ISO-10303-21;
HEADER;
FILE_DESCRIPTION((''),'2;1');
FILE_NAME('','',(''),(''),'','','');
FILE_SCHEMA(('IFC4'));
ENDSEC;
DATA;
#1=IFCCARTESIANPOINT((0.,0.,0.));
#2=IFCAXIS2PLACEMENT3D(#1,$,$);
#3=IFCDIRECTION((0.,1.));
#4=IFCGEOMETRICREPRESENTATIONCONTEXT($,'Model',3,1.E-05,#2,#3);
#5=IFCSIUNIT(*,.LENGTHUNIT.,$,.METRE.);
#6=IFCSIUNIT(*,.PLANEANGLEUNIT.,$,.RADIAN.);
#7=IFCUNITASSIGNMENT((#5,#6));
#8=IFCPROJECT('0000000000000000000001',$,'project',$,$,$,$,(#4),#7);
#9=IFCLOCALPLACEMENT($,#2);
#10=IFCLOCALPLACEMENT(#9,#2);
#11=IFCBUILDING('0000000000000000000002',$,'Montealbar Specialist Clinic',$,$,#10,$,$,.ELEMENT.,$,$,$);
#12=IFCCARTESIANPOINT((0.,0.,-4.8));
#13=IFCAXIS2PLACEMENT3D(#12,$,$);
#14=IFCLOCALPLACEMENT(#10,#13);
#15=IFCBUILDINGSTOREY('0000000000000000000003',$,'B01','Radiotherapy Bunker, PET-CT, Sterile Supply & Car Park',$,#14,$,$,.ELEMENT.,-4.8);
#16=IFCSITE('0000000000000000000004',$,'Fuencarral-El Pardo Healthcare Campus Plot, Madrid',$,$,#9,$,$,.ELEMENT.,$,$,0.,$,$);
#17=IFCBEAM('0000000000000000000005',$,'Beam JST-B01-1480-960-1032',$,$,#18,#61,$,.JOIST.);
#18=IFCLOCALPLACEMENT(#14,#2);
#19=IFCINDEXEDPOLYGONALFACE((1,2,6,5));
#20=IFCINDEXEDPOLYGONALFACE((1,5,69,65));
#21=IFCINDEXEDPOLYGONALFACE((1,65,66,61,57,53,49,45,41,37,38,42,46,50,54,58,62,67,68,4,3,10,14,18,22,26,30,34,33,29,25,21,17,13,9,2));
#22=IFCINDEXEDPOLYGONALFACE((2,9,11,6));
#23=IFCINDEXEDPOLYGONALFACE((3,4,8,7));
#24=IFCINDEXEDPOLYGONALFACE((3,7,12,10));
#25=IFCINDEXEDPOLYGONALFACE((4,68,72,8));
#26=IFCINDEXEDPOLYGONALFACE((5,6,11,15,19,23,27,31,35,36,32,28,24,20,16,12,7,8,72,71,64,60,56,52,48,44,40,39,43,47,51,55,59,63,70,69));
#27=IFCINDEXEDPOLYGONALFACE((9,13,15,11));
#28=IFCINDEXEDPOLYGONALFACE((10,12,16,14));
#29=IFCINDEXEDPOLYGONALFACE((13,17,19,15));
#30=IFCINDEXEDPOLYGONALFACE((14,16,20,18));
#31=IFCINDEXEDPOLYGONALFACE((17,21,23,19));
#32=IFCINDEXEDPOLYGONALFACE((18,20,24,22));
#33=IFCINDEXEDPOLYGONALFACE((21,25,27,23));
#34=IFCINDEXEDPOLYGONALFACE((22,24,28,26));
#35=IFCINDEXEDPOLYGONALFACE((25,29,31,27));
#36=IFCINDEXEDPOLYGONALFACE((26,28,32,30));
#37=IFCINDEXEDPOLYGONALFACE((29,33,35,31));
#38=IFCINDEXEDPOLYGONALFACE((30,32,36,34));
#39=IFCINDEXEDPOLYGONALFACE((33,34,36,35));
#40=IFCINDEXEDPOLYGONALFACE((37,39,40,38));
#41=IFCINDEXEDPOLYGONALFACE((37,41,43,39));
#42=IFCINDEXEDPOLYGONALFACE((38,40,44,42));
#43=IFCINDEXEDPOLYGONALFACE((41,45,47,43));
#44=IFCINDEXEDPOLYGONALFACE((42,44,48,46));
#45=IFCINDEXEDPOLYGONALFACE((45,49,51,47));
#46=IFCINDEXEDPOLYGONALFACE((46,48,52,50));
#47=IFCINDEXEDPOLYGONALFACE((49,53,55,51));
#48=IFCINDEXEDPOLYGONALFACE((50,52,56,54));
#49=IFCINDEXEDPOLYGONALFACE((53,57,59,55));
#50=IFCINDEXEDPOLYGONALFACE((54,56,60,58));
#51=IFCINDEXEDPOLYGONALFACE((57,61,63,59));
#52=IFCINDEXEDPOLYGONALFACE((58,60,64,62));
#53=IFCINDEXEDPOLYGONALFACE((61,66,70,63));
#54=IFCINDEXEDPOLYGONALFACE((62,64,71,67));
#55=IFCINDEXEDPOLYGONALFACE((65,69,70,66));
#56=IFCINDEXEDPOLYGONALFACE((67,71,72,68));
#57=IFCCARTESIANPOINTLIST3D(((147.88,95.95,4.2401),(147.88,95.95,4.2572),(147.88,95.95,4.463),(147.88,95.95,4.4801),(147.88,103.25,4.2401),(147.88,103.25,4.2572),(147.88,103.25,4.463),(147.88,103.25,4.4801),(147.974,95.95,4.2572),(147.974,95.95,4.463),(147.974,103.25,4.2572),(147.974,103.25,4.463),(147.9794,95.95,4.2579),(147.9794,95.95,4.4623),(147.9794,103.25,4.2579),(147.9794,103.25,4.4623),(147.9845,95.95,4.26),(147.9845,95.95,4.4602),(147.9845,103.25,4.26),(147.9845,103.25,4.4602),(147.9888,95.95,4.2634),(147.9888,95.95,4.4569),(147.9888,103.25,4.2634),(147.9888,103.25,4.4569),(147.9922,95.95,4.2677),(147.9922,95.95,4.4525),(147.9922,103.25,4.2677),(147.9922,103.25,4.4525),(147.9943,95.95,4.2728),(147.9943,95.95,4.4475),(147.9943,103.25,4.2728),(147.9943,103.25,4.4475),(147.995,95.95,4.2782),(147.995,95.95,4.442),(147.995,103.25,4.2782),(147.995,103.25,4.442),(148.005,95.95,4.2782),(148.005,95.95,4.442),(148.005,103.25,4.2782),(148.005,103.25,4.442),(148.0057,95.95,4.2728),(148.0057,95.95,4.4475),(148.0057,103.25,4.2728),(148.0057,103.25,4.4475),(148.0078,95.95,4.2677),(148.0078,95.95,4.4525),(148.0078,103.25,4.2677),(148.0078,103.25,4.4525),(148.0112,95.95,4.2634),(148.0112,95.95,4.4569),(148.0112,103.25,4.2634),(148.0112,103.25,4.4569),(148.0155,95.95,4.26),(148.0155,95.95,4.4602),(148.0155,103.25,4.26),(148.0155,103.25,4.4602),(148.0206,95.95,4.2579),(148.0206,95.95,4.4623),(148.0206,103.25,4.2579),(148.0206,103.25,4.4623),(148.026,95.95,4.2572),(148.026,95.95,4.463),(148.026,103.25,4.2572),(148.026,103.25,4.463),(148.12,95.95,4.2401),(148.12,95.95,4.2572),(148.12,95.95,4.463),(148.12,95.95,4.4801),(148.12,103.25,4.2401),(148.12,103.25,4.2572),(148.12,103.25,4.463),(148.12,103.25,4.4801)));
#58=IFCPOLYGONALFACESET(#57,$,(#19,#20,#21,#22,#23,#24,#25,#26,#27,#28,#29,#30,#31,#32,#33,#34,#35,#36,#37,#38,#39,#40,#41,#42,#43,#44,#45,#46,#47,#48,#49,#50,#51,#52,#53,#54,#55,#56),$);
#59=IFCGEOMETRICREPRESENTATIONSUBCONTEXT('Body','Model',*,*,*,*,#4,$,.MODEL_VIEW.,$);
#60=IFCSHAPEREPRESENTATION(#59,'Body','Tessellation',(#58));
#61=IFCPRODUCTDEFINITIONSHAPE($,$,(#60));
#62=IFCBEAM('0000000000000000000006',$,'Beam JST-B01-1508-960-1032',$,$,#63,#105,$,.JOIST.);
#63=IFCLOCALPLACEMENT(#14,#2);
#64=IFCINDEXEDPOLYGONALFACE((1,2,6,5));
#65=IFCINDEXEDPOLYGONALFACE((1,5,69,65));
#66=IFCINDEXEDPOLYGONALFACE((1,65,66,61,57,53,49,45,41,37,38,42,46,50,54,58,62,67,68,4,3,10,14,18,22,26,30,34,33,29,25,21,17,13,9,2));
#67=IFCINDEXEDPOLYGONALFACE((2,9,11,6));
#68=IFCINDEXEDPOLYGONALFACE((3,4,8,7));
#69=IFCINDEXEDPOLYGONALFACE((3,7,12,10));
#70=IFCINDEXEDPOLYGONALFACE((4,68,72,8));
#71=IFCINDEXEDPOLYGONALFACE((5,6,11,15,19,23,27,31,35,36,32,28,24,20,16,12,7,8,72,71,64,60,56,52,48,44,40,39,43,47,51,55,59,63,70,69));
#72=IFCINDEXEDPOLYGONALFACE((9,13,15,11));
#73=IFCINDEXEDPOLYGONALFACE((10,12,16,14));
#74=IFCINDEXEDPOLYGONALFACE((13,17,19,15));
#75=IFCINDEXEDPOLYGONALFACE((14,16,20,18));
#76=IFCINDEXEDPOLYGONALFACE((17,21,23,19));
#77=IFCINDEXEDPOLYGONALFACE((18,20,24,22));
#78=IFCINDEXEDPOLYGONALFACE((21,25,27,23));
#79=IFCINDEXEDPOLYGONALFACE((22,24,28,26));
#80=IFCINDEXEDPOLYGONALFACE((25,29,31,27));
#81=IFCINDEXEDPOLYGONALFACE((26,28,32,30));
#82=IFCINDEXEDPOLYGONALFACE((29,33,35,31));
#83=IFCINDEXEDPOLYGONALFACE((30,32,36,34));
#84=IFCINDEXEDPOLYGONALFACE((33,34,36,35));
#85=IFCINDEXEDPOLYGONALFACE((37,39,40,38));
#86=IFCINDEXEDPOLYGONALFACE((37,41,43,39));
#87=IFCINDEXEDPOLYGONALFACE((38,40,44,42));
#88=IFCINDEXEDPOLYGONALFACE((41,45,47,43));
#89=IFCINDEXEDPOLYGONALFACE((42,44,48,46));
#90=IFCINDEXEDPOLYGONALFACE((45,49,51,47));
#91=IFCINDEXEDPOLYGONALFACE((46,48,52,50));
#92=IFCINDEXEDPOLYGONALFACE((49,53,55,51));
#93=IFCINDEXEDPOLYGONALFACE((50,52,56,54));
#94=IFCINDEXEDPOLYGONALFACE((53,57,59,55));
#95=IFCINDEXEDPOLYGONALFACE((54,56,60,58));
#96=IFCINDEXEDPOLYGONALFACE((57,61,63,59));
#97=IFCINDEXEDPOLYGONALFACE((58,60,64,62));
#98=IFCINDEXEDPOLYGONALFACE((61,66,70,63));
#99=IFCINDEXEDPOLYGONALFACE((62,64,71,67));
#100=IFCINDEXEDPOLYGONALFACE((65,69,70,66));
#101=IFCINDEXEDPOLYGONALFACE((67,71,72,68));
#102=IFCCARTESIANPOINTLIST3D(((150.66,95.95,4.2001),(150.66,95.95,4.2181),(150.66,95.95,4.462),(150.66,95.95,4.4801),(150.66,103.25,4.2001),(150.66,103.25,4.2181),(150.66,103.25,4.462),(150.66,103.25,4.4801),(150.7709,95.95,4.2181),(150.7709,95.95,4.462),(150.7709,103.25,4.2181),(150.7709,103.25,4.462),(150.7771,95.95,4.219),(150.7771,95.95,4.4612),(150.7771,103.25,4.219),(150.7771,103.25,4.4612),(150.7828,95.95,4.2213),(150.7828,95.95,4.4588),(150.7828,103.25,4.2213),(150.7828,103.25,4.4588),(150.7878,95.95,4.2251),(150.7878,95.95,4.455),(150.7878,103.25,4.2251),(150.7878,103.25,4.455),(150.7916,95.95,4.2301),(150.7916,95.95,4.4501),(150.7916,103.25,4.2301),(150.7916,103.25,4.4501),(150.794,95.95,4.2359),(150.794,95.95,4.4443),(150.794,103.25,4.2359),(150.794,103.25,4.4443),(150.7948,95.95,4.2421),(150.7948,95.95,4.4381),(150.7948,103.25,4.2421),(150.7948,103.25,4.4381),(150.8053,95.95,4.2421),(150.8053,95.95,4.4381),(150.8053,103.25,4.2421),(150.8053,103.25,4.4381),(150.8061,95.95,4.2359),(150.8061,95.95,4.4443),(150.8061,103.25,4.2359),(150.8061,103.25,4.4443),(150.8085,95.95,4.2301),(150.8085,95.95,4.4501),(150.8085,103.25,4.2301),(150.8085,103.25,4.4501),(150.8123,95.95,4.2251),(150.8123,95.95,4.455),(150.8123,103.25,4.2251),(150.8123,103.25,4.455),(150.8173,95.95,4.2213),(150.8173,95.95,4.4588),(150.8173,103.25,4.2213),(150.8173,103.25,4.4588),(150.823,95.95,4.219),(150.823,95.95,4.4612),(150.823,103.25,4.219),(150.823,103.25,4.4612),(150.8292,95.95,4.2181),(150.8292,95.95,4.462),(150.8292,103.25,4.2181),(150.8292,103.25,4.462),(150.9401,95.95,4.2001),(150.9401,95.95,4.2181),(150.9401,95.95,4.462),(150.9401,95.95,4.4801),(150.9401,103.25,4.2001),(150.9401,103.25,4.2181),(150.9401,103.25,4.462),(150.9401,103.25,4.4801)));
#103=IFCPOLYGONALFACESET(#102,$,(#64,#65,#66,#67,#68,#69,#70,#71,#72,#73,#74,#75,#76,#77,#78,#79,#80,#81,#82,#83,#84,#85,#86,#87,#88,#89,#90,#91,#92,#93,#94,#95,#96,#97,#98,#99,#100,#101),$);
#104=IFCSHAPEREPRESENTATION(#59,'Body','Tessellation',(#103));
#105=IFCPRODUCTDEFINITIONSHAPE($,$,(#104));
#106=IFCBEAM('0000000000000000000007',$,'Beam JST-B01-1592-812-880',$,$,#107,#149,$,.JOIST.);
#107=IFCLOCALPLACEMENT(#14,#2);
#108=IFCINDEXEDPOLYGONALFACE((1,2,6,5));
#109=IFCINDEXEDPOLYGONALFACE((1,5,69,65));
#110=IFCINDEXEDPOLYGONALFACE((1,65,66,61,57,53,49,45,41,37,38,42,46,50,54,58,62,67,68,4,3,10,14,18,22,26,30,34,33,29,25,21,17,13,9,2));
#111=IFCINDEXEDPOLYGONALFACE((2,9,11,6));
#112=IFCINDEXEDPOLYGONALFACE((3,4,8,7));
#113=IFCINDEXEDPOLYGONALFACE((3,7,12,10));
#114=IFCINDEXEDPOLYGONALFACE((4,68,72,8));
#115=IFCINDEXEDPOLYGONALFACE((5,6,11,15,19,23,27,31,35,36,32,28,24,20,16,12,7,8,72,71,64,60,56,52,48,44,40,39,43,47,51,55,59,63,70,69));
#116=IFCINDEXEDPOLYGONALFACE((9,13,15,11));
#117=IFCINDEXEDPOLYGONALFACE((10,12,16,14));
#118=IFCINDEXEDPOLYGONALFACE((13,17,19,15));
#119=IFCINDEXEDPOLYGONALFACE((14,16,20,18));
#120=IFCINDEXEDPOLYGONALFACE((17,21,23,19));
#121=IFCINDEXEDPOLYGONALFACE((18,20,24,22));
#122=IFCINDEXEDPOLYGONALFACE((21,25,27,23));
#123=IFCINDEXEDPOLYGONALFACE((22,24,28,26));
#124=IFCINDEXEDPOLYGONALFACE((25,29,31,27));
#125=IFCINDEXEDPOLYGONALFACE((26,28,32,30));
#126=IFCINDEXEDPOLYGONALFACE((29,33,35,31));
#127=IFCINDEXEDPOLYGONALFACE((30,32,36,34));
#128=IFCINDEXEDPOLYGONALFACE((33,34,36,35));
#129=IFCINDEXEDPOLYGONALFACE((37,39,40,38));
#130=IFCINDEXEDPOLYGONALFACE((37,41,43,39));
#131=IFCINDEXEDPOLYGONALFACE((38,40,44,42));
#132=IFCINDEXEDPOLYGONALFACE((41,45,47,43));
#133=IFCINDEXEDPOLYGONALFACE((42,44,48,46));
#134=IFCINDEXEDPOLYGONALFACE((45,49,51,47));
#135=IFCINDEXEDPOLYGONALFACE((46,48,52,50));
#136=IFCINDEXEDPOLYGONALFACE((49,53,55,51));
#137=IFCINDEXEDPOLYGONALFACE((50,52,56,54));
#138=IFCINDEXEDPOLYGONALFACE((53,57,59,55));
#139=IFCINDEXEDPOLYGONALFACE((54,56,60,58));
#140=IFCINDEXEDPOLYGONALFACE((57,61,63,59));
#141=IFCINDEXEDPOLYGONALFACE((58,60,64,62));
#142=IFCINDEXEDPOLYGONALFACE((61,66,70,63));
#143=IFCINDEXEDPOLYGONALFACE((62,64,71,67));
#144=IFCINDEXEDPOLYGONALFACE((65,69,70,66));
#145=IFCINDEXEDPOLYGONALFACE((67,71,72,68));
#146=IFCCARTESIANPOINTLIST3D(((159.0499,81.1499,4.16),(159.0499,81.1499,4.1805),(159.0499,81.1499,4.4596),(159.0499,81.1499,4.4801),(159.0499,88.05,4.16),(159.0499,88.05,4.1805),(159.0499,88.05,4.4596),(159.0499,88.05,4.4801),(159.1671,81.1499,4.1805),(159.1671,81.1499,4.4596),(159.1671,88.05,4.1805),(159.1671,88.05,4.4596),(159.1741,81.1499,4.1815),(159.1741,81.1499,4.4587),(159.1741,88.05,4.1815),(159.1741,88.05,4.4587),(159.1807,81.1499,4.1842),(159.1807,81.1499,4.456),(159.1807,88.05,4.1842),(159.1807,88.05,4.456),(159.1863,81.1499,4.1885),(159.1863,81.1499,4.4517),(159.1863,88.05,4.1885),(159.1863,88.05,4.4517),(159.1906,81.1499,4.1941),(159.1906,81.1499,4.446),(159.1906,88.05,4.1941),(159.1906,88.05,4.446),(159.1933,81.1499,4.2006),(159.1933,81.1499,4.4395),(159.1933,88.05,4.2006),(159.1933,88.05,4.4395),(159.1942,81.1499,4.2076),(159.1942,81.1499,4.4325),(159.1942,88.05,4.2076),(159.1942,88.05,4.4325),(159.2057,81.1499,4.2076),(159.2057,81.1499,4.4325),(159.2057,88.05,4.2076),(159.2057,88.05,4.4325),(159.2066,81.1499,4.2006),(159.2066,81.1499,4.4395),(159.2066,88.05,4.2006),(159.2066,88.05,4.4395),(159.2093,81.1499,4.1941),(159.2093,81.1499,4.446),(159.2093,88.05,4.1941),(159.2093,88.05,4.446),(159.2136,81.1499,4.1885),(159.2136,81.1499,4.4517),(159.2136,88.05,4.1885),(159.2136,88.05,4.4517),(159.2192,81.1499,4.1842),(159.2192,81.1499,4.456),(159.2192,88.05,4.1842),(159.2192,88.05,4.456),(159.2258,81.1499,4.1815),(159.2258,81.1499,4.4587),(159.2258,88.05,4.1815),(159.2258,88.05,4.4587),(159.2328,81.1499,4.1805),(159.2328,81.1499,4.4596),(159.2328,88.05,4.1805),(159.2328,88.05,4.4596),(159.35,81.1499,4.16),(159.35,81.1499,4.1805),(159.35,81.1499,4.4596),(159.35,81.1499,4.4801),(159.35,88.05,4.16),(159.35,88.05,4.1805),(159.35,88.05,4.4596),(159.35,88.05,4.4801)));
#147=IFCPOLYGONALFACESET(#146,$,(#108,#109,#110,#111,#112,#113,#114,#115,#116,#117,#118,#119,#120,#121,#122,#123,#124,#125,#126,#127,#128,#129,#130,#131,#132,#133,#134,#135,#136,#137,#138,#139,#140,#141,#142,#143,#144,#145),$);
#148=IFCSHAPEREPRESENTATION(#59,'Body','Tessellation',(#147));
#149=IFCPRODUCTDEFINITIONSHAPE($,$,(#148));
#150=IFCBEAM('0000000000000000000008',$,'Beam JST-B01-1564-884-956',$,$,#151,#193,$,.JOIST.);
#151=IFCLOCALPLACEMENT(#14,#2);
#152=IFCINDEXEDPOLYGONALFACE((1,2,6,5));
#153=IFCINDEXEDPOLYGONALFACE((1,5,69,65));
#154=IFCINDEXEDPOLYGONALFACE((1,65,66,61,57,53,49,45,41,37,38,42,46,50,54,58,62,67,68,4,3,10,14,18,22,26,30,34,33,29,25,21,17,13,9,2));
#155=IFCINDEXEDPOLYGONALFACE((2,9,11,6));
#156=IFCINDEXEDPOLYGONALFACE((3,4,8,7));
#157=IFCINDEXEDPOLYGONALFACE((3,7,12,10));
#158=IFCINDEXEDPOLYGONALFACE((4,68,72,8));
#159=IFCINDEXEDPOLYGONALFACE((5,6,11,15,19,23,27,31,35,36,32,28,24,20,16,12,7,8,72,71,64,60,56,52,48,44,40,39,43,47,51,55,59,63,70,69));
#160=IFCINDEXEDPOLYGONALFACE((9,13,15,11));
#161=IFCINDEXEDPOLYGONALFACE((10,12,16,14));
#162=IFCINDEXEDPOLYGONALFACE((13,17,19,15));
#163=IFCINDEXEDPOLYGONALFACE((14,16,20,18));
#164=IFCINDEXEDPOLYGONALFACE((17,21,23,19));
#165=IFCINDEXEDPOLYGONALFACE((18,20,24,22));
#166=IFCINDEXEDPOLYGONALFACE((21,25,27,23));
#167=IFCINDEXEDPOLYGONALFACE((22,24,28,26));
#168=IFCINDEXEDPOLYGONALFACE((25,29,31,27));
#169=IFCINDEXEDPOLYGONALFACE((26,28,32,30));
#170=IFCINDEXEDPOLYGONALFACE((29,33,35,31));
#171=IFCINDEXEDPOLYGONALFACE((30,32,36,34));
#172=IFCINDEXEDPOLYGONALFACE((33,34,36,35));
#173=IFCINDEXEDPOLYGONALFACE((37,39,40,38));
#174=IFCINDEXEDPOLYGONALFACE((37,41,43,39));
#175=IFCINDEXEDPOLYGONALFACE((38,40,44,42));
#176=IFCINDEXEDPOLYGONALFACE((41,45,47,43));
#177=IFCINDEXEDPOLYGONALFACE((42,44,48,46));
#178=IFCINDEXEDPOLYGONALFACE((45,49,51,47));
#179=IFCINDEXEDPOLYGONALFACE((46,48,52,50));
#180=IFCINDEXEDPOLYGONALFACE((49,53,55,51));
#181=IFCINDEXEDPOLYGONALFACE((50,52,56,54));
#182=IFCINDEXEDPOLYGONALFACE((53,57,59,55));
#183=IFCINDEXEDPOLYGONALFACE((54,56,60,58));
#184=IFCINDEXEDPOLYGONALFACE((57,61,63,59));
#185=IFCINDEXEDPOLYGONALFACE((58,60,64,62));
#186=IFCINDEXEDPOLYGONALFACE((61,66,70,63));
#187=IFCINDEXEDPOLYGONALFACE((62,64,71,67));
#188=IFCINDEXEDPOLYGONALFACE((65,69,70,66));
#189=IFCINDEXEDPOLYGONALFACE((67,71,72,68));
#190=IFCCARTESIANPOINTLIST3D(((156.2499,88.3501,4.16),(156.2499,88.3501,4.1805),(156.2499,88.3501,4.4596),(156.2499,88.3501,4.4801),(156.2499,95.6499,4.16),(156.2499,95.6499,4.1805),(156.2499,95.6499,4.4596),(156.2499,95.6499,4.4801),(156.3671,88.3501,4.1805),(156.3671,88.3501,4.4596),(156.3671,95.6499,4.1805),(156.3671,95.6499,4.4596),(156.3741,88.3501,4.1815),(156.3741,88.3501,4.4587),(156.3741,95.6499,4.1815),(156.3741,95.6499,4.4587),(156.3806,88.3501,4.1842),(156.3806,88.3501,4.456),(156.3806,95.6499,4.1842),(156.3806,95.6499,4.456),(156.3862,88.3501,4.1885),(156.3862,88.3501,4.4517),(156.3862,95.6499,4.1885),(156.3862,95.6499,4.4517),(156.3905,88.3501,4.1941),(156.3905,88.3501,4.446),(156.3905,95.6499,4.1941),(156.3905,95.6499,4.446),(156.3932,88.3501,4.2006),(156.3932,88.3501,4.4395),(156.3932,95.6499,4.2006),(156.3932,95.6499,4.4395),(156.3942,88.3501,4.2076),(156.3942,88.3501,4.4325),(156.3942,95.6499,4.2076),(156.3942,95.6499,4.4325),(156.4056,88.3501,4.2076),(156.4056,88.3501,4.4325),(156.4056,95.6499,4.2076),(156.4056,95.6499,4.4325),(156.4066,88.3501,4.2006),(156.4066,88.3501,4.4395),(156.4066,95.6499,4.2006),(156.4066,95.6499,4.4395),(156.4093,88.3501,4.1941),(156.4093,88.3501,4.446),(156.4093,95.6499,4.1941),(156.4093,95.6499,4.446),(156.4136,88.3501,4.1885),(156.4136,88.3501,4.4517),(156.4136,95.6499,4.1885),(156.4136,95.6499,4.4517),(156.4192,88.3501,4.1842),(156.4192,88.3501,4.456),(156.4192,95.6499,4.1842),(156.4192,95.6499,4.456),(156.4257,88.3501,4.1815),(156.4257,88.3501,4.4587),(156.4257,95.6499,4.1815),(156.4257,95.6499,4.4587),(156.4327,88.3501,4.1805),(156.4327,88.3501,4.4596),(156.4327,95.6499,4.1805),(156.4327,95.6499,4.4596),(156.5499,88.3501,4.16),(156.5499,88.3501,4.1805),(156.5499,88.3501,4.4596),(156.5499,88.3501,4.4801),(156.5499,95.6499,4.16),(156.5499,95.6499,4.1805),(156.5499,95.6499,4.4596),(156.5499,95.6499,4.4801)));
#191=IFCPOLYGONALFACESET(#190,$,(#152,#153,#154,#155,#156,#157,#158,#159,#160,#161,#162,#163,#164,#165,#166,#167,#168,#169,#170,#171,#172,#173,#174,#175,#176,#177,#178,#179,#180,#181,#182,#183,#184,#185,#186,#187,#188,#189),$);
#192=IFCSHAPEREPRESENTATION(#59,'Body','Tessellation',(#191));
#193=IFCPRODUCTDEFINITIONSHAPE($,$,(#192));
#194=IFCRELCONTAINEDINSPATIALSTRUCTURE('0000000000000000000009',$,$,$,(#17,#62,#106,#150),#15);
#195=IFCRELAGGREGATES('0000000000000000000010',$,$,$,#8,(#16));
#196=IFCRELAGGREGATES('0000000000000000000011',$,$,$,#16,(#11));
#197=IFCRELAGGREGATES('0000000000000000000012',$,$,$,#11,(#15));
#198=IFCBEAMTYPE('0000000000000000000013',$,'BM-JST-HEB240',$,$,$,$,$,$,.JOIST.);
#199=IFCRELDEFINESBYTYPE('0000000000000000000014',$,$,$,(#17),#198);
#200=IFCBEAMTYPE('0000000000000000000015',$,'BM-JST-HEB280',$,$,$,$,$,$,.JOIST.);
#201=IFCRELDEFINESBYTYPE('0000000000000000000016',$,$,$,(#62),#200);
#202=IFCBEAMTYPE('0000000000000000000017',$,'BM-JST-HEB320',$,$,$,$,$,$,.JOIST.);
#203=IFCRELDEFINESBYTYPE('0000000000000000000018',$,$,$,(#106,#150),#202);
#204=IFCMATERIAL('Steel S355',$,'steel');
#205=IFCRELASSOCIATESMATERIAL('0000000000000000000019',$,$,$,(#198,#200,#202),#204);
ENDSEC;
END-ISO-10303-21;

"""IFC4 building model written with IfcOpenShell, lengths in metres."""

from ifc_helpers import new_model, si_unit, direction, frame, origin, origin_2d, place, context, subcontext, project, spatial, i_section, extrude, material, material_profile, profile_set, type_object, element, save


model = new_model("IFC4")

# Units and contexts
model_context = context("Model", 3, precision=1e-05, world=origin(), true_north=direction((0.0, 1.0)))
body_context = subcontext(model_context, "Body", "Model", "MODEL_VIEW")
ifc_project = project(units=[si_unit("LENGTHUNIT", "METRE"), si_unit("PLANEANGLEUNIT", "RADIAN")], contexts=[model_context])

# Site, building, storey
site_placement = place(None, origin())
site = spatial("IfcSite", under=ifc_project, at=site_placement, Name="Fuencarral-El Pardo Healthcare Campus Plot, Madrid", CompositionType="ELEMENT", RefElevation=0.0)
building_placement = place(site_placement, origin())
building = spatial("IfcBuilding", under=site, at=building_placement, Name="Montealbar Specialist Clinic", CompositionType="ELEMENT")
storey_placement = place(building_placement, frame((0.0, 0.0, -4.8)))
storey = spatial("IfcBuildingStorey", under=building, at=storey_placement, Name="B01", Description="Radiotherapy Bunker, PET-CT, Sterile Supply & Car Park", CompositionType="ELEMENT", Elevation=-4.8)

# Shared definitions
ifc_material_1 = material(Name="Steel S355", Category="steel")

# Beams
ifc_material_profile_1 = material_profile(ifc_material_1, i_section(OverallWidth=0.24, OverallDepth=0.24, WebThickness=0.01, FlangeThickness=0.0171, FilletRadius=0.021, at=origin_2d()), Name="HEB 240", Category="steel")
ifc_profile_set_1 = profile_set([ifc_material_profile_1], Name="Steel S355")
beam_type_1 = type_object("IfcBeamType", Name="BM-JST-HEB240", PredefinedType="JOIST", material=ifc_profile_set_1)
beam_1_placement = place(storey_placement, frame((148.0, 95.95, 4.3601), z_axis=(0.0, 1.0, 0.0), x_axis=(-1.0, 0.0, 0.0)))
element("IfcBeam", 1, at=beam_1_placement, inside=storey, type_object=beam_type_1, Name="Beam JST-B01-1480-960-1032", PredefinedType="JOIST", context=body_context, shape_type="SweptSolid", body=[
    extrude(i_section(OverallWidth=0.24, OverallDepth=0.24, WebThickness=0.01, FlangeThickness=0.0171, FilletRadius=0.021, at=origin_2d()), origin(), (0.0, 0.0, 1.0), 7.3),
])
ifc_material_profile_2 = material_profile(ifc_material_1, i_section(OverallWidth=0.28, OverallDepth=0.28, WebThickness=0.0105, FlangeThickness=0.0181, FilletRadius=0.0239, at=origin_2d()), Name="HEB 280", Category="steel")
ifc_profile_set_2 = profile_set([ifc_material_profile_2], Name="Steel S355")
beam_type_2 = type_object("IfcBeamType", Name="BM-JST-HEB280", PredefinedType="JOIST", material=ifc_profile_set_2)
beam_2_placement = place(storey_placement, frame((150.8, 95.95, 4.3401), z_axis=(0.0, 1.0, 0.0), x_axis=(-1.0, 0.0, 0.0)))
element("IfcBeam", 2, at=beam_2_placement, inside=storey, type_object=beam_type_2, Name="Beam JST-B01-1508-960-1032", PredefinedType="JOIST", context=body_context, shape_type="SweptSolid", body=[
    extrude(i_section(OverallWidth=0.28, OverallDepth=0.28, WebThickness=0.0105, FlangeThickness=0.0181, FilletRadius=0.0239, at=origin_2d()), origin(), (0.0, 0.0, 1.0), 7.3),
])
ifc_material_profile_3 = material_profile(ifc_material_1, i_section(OverallWidth=0.3, OverallDepth=0.3201, WebThickness=0.0115, FlangeThickness=0.0205, FilletRadius=0.0271, at=origin_2d()), Name="HEB 320", Category="steel")
ifc_profile_set_3 = profile_set([ifc_material_profile_3], Name="Steel S355")
beam_type_3 = type_object("IfcBeamType", Name="BM-JST-HEB320", PredefinedType="JOIST", material=ifc_profile_set_3)
beam_3_placement = place(storey_placement, frame((159.2, 81.1499, 4.3201), z_axis=(0.0, 1.0, 0.0), x_axis=(-1.0, 0.0, 0.0)))
element("IfcBeam", 3, at=beam_3_placement, inside=storey, type_object=beam_type_3, Name="Beam JST-B01-1592-812-880", PredefinedType="JOIST", context=body_context, shape_type="SweptSolid", body=[
    extrude(i_section(OverallWidth=0.3, OverallDepth=0.3201, WebThickness=0.0115, FlangeThickness=0.0205, FilletRadius=0.0271, at=origin_2d()), origin(), (0.0, 0.0, 1.0), 6.9001),
])
beam_4_placement = place(storey_placement, frame((156.3999, 88.3501, 4.3201), z_axis=(0.0, 1.0, 0.0), x_axis=(-1.0, 0.0, 0.0)))
element("IfcBeam", 4, at=beam_4_placement, inside=storey, type_object=beam_type_3, Name="Beam JST-B01-1564-884-956", PredefinedType="JOIST", context=body_context, shape_type="SweptSolid", body=[
    extrude(i_section(OverallWidth=0.3, OverallDepth=0.3201, WebThickness=0.0115, FlangeThickness=0.0205, FilletRadius=0.0271, at=origin_2d()), origin(), (0.0, 0.0, 1.0), 7.2998),
])

save(model, "model.ifc")
